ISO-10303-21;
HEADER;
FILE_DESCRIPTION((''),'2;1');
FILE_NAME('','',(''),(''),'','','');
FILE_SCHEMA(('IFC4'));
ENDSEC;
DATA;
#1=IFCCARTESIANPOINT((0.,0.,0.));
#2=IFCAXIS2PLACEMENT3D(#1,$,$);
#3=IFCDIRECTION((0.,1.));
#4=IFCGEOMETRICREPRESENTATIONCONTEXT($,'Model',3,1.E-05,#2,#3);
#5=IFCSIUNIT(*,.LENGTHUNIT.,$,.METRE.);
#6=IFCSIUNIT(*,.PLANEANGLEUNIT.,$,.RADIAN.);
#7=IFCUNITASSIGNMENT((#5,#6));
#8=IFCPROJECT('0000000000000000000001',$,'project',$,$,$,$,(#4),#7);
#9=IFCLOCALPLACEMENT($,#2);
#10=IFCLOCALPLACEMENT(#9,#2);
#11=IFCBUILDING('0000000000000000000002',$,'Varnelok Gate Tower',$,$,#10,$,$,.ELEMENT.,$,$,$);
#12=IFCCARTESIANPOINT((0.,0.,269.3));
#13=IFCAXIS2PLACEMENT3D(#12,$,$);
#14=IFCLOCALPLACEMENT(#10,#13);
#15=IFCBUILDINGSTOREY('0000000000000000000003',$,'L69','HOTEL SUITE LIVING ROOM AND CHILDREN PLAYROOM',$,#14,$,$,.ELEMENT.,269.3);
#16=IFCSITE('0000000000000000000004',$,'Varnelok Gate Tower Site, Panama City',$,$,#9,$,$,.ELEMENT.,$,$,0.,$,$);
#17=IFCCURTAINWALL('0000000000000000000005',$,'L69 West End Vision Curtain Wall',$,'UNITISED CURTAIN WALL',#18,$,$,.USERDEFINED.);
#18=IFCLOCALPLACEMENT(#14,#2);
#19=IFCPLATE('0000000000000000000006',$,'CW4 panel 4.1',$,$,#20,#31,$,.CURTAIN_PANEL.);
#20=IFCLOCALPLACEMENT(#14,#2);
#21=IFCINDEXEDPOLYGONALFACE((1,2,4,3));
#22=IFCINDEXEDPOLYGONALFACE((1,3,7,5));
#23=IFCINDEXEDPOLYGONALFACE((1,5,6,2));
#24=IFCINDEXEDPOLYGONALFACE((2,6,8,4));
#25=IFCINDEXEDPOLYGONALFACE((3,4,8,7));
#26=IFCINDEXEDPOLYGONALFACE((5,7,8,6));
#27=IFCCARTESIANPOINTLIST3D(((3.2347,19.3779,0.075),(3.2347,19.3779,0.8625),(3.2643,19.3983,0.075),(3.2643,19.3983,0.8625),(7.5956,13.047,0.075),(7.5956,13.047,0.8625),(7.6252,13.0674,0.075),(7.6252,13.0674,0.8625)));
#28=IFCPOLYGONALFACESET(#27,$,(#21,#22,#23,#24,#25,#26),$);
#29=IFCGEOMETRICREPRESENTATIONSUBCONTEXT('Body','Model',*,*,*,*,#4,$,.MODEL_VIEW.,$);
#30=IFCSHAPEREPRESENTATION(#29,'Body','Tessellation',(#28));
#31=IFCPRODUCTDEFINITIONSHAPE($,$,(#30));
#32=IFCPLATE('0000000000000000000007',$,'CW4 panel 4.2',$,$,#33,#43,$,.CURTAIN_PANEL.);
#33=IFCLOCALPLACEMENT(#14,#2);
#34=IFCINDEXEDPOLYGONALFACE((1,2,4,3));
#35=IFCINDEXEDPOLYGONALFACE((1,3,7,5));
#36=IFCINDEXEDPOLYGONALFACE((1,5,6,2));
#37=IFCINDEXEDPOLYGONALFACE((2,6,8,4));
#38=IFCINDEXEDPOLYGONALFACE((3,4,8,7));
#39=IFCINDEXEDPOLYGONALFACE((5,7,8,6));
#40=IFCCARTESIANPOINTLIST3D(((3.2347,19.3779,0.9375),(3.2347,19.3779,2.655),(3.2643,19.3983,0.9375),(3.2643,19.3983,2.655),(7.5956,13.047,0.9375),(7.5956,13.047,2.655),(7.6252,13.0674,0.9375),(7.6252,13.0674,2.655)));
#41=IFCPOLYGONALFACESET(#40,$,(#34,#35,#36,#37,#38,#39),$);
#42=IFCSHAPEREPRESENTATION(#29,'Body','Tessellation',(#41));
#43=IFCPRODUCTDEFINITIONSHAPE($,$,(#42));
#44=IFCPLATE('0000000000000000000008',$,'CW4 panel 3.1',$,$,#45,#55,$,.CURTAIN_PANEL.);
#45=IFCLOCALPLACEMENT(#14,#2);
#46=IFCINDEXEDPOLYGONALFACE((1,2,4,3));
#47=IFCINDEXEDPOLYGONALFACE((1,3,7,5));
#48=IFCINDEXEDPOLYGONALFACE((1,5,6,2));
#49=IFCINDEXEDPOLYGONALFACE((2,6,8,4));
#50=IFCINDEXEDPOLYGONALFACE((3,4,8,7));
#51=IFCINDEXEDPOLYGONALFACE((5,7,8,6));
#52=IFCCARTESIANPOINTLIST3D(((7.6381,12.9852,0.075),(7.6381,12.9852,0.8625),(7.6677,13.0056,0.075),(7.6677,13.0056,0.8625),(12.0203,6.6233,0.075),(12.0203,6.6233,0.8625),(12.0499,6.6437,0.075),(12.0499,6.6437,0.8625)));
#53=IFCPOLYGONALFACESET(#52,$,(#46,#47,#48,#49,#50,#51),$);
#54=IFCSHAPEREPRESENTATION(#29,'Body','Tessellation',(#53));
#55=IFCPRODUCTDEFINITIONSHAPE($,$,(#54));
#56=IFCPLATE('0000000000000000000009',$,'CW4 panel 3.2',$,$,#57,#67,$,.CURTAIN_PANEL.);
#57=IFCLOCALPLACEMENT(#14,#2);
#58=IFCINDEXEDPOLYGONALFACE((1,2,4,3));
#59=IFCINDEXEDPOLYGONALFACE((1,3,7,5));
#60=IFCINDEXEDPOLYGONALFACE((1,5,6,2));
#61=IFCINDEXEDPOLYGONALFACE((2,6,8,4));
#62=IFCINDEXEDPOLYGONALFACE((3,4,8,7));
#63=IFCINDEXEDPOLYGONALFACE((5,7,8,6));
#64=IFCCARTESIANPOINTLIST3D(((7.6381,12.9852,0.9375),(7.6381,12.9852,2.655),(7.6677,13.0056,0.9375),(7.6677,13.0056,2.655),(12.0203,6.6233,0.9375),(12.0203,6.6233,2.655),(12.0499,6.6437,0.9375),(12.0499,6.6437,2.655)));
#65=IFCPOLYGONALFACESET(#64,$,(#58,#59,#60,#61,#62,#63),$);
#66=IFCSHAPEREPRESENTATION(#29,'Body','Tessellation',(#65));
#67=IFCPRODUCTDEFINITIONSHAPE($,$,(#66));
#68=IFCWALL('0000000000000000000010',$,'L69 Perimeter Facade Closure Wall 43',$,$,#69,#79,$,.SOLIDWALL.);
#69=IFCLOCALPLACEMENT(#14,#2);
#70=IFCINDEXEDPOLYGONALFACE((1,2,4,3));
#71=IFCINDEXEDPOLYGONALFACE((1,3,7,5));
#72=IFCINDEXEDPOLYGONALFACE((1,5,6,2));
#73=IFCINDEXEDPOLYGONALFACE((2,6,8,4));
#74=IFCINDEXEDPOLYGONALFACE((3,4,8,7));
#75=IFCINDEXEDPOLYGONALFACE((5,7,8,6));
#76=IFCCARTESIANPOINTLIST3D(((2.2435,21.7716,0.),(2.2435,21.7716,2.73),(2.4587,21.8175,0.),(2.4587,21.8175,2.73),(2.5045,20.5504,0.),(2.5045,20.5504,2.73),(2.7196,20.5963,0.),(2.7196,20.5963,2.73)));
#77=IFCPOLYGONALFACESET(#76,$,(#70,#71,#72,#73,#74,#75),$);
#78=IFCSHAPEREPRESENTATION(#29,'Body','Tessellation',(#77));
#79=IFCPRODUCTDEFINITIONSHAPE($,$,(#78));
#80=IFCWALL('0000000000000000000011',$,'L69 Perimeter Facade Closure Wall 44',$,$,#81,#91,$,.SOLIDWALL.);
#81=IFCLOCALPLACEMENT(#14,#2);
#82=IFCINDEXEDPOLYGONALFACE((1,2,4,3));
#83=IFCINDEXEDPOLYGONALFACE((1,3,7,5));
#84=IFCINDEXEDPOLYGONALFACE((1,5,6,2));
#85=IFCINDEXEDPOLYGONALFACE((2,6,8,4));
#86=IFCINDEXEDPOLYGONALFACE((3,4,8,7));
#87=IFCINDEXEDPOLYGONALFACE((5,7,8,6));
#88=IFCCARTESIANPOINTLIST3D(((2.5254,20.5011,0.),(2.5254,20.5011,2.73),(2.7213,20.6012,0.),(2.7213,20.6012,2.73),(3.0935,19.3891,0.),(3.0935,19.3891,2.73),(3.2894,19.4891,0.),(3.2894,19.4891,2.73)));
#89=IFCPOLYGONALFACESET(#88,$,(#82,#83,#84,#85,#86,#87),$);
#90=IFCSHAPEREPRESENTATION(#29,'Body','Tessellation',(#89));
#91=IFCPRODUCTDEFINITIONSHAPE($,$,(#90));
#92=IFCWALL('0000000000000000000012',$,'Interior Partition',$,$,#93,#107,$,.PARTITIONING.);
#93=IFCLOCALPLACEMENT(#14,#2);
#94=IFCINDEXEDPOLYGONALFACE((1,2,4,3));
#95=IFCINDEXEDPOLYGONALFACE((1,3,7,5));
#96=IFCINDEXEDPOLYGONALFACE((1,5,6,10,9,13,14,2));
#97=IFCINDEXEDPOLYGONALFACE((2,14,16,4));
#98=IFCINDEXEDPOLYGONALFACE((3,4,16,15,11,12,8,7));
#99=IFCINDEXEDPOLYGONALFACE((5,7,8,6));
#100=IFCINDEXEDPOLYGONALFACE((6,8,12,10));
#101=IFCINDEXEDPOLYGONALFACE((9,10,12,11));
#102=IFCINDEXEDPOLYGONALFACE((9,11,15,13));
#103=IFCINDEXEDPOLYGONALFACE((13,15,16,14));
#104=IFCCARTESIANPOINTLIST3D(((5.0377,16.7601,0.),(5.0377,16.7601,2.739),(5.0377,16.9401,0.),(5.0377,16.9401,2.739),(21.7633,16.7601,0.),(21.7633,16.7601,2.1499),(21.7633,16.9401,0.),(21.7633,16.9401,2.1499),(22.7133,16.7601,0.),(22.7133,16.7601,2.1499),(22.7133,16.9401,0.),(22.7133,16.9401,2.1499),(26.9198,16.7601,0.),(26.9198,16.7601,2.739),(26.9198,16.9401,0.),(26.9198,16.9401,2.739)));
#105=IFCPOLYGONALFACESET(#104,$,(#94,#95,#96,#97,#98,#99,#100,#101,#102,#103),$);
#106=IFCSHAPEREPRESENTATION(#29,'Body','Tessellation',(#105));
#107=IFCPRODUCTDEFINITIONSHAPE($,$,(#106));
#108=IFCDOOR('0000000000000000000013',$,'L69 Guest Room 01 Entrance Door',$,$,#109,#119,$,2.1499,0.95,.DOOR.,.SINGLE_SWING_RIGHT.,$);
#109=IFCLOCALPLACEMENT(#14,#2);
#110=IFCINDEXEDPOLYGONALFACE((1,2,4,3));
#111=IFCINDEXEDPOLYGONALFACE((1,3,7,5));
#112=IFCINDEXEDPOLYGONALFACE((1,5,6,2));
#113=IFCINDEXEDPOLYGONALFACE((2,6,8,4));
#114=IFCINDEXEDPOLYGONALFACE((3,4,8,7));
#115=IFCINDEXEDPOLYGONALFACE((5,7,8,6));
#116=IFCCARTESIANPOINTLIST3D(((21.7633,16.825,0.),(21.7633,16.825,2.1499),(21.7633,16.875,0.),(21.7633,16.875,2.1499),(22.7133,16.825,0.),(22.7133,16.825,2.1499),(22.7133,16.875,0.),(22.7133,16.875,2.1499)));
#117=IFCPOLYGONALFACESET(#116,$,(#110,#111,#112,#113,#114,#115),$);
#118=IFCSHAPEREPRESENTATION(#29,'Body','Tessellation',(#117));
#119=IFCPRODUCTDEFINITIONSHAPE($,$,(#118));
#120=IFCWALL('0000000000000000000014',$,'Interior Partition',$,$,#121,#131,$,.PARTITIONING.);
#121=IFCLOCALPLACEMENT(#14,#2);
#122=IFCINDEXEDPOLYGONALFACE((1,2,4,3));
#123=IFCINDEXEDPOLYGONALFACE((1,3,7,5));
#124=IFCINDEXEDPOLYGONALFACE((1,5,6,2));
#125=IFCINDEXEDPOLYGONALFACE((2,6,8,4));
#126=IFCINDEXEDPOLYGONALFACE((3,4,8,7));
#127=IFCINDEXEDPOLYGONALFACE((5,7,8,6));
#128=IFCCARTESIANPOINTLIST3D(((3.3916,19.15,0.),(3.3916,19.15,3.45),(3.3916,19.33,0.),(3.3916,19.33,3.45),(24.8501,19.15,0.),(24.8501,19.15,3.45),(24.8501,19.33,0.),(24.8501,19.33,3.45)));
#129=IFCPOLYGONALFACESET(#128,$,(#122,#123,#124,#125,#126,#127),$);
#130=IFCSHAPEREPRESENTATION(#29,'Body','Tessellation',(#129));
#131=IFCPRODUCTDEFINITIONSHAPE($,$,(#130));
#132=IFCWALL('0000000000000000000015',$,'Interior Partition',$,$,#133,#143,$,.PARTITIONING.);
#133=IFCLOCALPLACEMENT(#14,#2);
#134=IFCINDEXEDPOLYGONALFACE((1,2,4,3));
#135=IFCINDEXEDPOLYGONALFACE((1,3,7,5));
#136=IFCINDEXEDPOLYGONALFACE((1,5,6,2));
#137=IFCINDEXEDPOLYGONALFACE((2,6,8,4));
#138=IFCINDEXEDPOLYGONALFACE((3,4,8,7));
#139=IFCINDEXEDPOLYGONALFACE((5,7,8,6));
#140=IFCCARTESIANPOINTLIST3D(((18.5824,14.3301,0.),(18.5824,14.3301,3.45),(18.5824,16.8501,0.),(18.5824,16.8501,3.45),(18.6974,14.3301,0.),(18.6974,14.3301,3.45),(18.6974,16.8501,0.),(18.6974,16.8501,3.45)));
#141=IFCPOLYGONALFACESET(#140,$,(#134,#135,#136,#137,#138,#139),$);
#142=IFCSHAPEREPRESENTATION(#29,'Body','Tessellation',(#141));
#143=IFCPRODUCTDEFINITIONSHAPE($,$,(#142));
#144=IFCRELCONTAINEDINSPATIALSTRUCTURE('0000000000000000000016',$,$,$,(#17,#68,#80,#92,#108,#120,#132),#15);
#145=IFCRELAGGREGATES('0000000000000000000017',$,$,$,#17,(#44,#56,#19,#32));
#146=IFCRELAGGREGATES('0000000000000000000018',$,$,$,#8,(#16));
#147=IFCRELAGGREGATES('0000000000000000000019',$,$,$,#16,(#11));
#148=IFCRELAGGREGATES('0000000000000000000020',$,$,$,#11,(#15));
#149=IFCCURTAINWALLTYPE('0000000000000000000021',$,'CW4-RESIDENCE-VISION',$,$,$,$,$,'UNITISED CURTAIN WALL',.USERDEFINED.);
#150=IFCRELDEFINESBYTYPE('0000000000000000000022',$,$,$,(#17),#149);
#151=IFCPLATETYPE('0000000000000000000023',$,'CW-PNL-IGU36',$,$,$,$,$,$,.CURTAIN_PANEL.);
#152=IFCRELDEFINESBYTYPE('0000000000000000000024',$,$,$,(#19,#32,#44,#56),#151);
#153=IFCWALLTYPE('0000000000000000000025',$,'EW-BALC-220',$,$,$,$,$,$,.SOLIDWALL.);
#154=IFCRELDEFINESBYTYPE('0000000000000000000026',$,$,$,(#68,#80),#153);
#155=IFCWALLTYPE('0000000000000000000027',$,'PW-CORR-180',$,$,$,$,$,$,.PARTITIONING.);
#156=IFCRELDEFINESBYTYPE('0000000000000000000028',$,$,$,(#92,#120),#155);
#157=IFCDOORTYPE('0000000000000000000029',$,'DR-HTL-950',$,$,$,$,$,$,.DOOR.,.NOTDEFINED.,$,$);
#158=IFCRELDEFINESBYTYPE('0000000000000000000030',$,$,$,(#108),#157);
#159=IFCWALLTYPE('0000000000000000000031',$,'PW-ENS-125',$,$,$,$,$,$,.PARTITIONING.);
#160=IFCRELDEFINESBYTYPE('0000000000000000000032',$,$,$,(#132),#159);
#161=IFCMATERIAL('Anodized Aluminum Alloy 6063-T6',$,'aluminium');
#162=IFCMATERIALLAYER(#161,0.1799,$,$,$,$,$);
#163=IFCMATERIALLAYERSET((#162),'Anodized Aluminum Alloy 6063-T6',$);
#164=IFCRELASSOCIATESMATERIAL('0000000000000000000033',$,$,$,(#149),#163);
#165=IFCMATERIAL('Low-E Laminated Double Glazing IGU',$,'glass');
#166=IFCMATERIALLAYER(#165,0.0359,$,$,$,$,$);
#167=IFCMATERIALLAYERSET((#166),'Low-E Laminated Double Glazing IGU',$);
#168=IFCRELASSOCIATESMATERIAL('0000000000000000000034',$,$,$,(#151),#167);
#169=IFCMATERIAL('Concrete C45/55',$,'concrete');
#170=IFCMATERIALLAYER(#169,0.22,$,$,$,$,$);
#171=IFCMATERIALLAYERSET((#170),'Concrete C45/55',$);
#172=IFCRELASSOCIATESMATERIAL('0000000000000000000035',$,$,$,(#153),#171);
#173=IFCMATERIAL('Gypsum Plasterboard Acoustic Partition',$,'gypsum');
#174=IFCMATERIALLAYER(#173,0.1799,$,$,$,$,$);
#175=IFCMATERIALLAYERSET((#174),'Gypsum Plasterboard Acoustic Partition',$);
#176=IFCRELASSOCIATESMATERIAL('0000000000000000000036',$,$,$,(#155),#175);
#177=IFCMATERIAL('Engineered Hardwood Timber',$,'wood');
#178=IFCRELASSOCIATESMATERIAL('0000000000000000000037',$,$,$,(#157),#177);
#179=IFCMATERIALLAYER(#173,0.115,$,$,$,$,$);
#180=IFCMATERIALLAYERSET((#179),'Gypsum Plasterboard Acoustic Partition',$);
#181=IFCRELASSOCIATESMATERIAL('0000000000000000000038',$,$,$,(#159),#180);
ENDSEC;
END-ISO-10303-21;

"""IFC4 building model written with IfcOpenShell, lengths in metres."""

from ifc_helpers import new_model, si_unit, direction, frame, frame_2d, origin, origin_2d, place, context, subcontext, project, spatial, rectangle, extrude, source, transform, mapped, material, layer, layer_set, type_object, element, fill, aggregate, save


model = new_model("IFC4")

# Units and contexts
model_context = context("Model", 3, precision=1e-05, world=origin(), true_north=direction((0.0, 1.0)))
body_context = subcontext(model_context, "Body", "Model", "MODEL_VIEW")
ifc_project = project(units=[si_unit("LENGTHUNIT", "METRE"), si_unit("PLANEANGLEUNIT", "RADIAN")], contexts=[model_context])

# Site, building, storey
site_placement = place(None, origin())
site = spatial("IfcSite", under=ifc_project, at=site_placement, Name="Varnelok Gate Tower Site, Panama City", CompositionType="ELEMENT", RefElevation=0.0)
building_placement = place(site_placement, origin())
building = spatial("IfcBuilding", under=site, at=building_placement, Name="Varnelok Gate Tower", CompositionType="ELEMENT")
storey_placement = place(building_placement, frame((0.0, 0.0, 269.3)))
storey = spatial("IfcBuildingStorey", under=building, at=storey_placement, Name="L69", Description="HOTEL SUITE LIVING ROOM AND CHILDREN PLAYROOM", CompositionType="ELEMENT", Elevation=269.3)

# Curtain wall, plates
ifc_material_1 = material(Name="Anodized Aluminum Alloy 6063-T6", Category="aluminium")
ifc_layer_1 = layer(ifc_material_1, 0.1799)
ifc_layer_set_1 = layer_set([ifc_layer_1], Name="Anodized Aluminum Alloy 6063-T6")
curtain_wall_type = type_object("IfcCurtainWallType", Name="CW4-RESIDENCE-VISION", ElementType="UNITISED CURTAIN WALL", PredefinedType="USERDEFINED", material=ifc_layer_set_1)
curtain_wall_placement = place(storey_placement, origin())
curtain_wall = element("IfcCurtainWall", 1, at=curtain_wall_placement, inside=storey, type_object=curtain_wall_type, Name="L69 West End Vision Curtain Wall", ObjectType="UNITISED CURTAIN WALL", PredefinedType="USERDEFINED")
ifc_material_2 = material(Name="Low-E Laminated Double Glazing IGU", Category="glass")
ifc_layer_2 = layer(ifc_material_2, 0.0359)
ifc_layer_set_2 = layer_set([ifc_layer_2], Name="Low-E Laminated Double Glazing IGU")
plate_type = type_object("IfcPlateType", Name="CW-PNL-IGU36", PredefinedType="CURTAIN_PANEL", material=ifc_layer_set_2)
shared_shape_1 = source(origin(), body_context, "Body", "SweptSolid", [
    extrude(rectangle(XDim=7.6875, YDim=0.0359, at=origin_2d()), origin(), (0.0, 0.0, 1.0), 0.7876),
])
plate_1_placement = place(storey_placement, frame((5.4299, 16.2227, 0.075), z_axis=(0.0, 0.0, 1.0), x_axis=(-0.567269, 0.823532, 0.0)))
plate_1 = element("IfcPlate", 2, at=plate_1_placement, type_object=plate_type, Name="CW4 panel 4.1", PredefinedType="CURTAIN_PANEL", context=body_context, shape_type="MappedRepresentation", body=[
    mapped(shared_shape_1, transform((0.0, 0.0, 0.0), scale=1.0)),
])
shared_shape_2 = source(origin(), body_context, "Body", "SweptSolid", [
    extrude(rectangle(XDim=7.6875, YDim=0.0359, at=origin_2d()), origin(), (0.0, 0.0, 1.0), 1.7175),
])
plate_2_placement = place(storey_placement, frame((5.4299, 16.2227, 0.9375), z_axis=(0.0, 0.0, 1.0), x_axis=(-0.567269, 0.823532, 0.0)))
plate_2 = element("IfcPlate", 3, at=plate_2_placement, type_object=plate_type, Name="CW4 panel 4.2", PredefinedType="CURTAIN_PANEL", context=body_context, shape_type="MappedRepresentation", body=[
    mapped(shared_shape_2, transform((0.0, 0.0, 0.0), scale=1.0)),
])
shared_shape_3 = source(origin(), body_context, "Body", "SweptSolid", [
    extrude(rectangle(XDim=7.7251, YDim=0.0359, at=origin_2d()), origin(), (0.0, 0.0, 1.0), 0.7876),
])
plate_3_placement = place(storey_placement, frame((9.844, 9.8145, 0.075), z_axis=(0.0, 0.0, 1.0), x_axis=(-0.567269, 0.823532, 0.0)))
plate_3 = element("IfcPlate", 4, at=plate_3_placement, type_object=plate_type, Name="CW4 panel 3.1", PredefinedType="CURTAIN_PANEL", context=body_context, shape_type="MappedRepresentation", body=[
    mapped(shared_shape_3, transform((0.0, 0.0, 0.0), scale=1.0)),
])
shared_shape_4 = source(origin(), body_context, "Body", "SweptSolid", [
    extrude(rectangle(XDim=7.7251, YDim=0.0359, at=origin_2d()), origin(), (0.0, 0.0, 1.0), 1.7175),
])
plate_4_placement = place(storey_placement, frame((9.844, 9.8145, 0.9375), z_axis=(0.0, 0.0, 1.0), x_axis=(-0.567269, 0.823532, 0.0)))
plate_4 = element("IfcPlate", 5, at=plate_4_placement, type_object=plate_type, Name="CW4 panel 3.2", PredefinedType="CURTAIN_PANEL", context=body_context, shape_type="MappedRepresentation", body=[
    mapped(shared_shape_4, transform((0.0, 0.0, 0.0), scale=1.0)),
])
aggregate(curtain_wall, [plate_3, plate_4, plate_1, plate_2])

# Walls
ifc_material_3 = material(Name="Concrete C45/55", Category="concrete")
ifc_layer_3 = layer(ifc_material_3, 0.22)
ifc_layer_set_3 = layer_set([ifc_layer_3], Name="Concrete C45/55")
wall_type_1 = type_object("IfcWallType", Name="EW-BALC-220", PredefinedType="SOLIDWALL", material=ifc_layer_set_3)
for number, where, z_axis, x_axis, name in (
    (6, (2.3511, 21.7947, 0.0), (0.0, 0.0, 1.0), (0.208995, -0.977917, 0.0), "L69 Perimeter Facade Closure Wall 43"),
    (7, (2.6233, 20.5513, 0.0), (0.0, 0.0, 1.0), (0.454939, -0.890523, 0.0), "L69 Perimeter Facade Closure Wall 44"),
):
    element("IfcWall", number, at=place(storey_placement, frame(where, z_axis=z_axis, x_axis=x_axis)), inside=storey, type_object=wall_type_1, Name=name, PredefinedType="SOLIDWALL", context=body_context, shape_type="SweptSolid", body=[
        extrude(rectangle(XDim=1.2488, YDim=0.22, at=frame_2d((0.6245, 0.0))), origin(), (0.0, 0.0, 1.0), 2.73),
    ])

# Wall, opening, door
ifc_material_4 = material(Name="Gypsum Plasterboard Acoustic Partition", Category="gypsum")
ifc_layer_4 = layer(ifc_material_4, 0.1799)
ifc_layer_set_4 = layer_set([ifc_layer_4], Name="Gypsum Plasterboard Acoustic Partition")
wall_type_2 = type_object("IfcWallType", Name="PW-CORR-180", PredefinedType="PARTITIONING", material=ifc_layer_set_4)
wall_1_placement = place(storey_placement, frame((5.0378, 16.8501, 0.0), z_axis=(0.0, 0.0, 1.0), x_axis=(1.0, 0.0, 0.0)))
wall_1 = element("IfcWall", 8, at=wall_1_placement, inside=storey, type_object=wall_type_2, Name="Interior Partition", PredefinedType="PARTITIONING", context=body_context, shape_type="SweptSolid", body=[
    extrude(rectangle(XDim=21.8821, YDim=0.1799, at=frame_2d((10.9409, 0.0))), origin(), (0.0, 0.0, 1.0), 2.739),
])
opening_placement = place(wall_1_placement, frame((16.7253, 0.0, 0.0)))
opening = element("IfcOpeningElement", 9, at=opening_placement, cuts=wall_1, PredefinedType="OPENING", context=body_context, shape_type="SweptSolid", body=[
    extrude(rectangle(XDim=0.95, YDim=2.1499, at=frame_2d((0.4751, 1.075))), frame((0.0, 0.0999, 0.0), z_axis=(0.0, -1.0, 0.0), x_axis=(1.0, 0.0, 0.0)), (0.0, 0.0, 1.0), 0.2),
])
ifc_material_5 = material(Name="Engineered Hardwood Timber", Category="wood")
door_type = type_object("IfcDoorType", Name="DR-HTL-950", OperationType="NOTDEFINED", PredefinedType="DOOR", material=ifc_material_5)
door_placement = place(opening_placement, origin())
door = element("IfcDoor", 10, at=door_placement, inside=storey, type_object=door_type, Name="L69 Guest Room 01 Entrance Door", OperationType="SINGLE_SWING_RIGHT", OverallHeight=2.1499, OverallWidth=0.95, PredefinedType="DOOR", context=body_context, shape_type="SweptSolid", body=[
    extrude(rectangle(XDim=0.95, YDim=2.1499, at=frame_2d((0.4751, 1.075))), frame((0.0, 0.0249, 0.0), z_axis=(0.0, -1.0, 0.0), x_axis=(1.0, 0.0, 0.0)), (0.0, 0.0, 1.0), 0.05),
])
fill(opening, door)

# Walls
wall_2_placement = place(storey_placement, frame((3.3916, 19.24, 0.0), z_axis=(0.0, 0.0, 1.0), x_axis=(1.0, 0.0, 0.0)))
element("IfcWall", 11, at=wall_2_placement, inside=storey, type_object=wall_type_2, Name="Interior Partition", PredefinedType="PARTITIONING", context=body_context, shape_type="SweptSolid", body=[
    extrude(rectangle(XDim=21.4585, YDim=0.1799, at=frame_2d((10.7292, 0.0))), origin(), (0.0, 0.0, 1.0), 3.45),
])
ifc_layer_5 = layer(ifc_material_4, 0.115)
ifc_layer_set_5 = layer_set([ifc_layer_5], Name="Gypsum Plasterboard Acoustic Partition")
wall_type_3 = type_object("IfcWallType", Name="PW-ENS-125", PredefinedType="PARTITIONING", material=ifc_layer_set_5)
wall_3_placement = place(storey_placement, frame((18.6399, 14.3301, 0.0), z_axis=(0.0, 0.0, 1.0), x_axis=(0.0, 1.0, 0.0)))
element("IfcWall", 12, at=wall_3_placement, inside=storey, type_object=wall_type_3, Name="Interior Partition", PredefinedType="PARTITIONING", context=body_context, shape_type="SweptSolid", body=[
    extrude(rectangle(XDim=2.52, YDim=0.115, at=frame_2d((1.26, 0.0))), origin(), (0.0, 0.0, 1.0), 3.45),
])

save(model, "model.ifc")
